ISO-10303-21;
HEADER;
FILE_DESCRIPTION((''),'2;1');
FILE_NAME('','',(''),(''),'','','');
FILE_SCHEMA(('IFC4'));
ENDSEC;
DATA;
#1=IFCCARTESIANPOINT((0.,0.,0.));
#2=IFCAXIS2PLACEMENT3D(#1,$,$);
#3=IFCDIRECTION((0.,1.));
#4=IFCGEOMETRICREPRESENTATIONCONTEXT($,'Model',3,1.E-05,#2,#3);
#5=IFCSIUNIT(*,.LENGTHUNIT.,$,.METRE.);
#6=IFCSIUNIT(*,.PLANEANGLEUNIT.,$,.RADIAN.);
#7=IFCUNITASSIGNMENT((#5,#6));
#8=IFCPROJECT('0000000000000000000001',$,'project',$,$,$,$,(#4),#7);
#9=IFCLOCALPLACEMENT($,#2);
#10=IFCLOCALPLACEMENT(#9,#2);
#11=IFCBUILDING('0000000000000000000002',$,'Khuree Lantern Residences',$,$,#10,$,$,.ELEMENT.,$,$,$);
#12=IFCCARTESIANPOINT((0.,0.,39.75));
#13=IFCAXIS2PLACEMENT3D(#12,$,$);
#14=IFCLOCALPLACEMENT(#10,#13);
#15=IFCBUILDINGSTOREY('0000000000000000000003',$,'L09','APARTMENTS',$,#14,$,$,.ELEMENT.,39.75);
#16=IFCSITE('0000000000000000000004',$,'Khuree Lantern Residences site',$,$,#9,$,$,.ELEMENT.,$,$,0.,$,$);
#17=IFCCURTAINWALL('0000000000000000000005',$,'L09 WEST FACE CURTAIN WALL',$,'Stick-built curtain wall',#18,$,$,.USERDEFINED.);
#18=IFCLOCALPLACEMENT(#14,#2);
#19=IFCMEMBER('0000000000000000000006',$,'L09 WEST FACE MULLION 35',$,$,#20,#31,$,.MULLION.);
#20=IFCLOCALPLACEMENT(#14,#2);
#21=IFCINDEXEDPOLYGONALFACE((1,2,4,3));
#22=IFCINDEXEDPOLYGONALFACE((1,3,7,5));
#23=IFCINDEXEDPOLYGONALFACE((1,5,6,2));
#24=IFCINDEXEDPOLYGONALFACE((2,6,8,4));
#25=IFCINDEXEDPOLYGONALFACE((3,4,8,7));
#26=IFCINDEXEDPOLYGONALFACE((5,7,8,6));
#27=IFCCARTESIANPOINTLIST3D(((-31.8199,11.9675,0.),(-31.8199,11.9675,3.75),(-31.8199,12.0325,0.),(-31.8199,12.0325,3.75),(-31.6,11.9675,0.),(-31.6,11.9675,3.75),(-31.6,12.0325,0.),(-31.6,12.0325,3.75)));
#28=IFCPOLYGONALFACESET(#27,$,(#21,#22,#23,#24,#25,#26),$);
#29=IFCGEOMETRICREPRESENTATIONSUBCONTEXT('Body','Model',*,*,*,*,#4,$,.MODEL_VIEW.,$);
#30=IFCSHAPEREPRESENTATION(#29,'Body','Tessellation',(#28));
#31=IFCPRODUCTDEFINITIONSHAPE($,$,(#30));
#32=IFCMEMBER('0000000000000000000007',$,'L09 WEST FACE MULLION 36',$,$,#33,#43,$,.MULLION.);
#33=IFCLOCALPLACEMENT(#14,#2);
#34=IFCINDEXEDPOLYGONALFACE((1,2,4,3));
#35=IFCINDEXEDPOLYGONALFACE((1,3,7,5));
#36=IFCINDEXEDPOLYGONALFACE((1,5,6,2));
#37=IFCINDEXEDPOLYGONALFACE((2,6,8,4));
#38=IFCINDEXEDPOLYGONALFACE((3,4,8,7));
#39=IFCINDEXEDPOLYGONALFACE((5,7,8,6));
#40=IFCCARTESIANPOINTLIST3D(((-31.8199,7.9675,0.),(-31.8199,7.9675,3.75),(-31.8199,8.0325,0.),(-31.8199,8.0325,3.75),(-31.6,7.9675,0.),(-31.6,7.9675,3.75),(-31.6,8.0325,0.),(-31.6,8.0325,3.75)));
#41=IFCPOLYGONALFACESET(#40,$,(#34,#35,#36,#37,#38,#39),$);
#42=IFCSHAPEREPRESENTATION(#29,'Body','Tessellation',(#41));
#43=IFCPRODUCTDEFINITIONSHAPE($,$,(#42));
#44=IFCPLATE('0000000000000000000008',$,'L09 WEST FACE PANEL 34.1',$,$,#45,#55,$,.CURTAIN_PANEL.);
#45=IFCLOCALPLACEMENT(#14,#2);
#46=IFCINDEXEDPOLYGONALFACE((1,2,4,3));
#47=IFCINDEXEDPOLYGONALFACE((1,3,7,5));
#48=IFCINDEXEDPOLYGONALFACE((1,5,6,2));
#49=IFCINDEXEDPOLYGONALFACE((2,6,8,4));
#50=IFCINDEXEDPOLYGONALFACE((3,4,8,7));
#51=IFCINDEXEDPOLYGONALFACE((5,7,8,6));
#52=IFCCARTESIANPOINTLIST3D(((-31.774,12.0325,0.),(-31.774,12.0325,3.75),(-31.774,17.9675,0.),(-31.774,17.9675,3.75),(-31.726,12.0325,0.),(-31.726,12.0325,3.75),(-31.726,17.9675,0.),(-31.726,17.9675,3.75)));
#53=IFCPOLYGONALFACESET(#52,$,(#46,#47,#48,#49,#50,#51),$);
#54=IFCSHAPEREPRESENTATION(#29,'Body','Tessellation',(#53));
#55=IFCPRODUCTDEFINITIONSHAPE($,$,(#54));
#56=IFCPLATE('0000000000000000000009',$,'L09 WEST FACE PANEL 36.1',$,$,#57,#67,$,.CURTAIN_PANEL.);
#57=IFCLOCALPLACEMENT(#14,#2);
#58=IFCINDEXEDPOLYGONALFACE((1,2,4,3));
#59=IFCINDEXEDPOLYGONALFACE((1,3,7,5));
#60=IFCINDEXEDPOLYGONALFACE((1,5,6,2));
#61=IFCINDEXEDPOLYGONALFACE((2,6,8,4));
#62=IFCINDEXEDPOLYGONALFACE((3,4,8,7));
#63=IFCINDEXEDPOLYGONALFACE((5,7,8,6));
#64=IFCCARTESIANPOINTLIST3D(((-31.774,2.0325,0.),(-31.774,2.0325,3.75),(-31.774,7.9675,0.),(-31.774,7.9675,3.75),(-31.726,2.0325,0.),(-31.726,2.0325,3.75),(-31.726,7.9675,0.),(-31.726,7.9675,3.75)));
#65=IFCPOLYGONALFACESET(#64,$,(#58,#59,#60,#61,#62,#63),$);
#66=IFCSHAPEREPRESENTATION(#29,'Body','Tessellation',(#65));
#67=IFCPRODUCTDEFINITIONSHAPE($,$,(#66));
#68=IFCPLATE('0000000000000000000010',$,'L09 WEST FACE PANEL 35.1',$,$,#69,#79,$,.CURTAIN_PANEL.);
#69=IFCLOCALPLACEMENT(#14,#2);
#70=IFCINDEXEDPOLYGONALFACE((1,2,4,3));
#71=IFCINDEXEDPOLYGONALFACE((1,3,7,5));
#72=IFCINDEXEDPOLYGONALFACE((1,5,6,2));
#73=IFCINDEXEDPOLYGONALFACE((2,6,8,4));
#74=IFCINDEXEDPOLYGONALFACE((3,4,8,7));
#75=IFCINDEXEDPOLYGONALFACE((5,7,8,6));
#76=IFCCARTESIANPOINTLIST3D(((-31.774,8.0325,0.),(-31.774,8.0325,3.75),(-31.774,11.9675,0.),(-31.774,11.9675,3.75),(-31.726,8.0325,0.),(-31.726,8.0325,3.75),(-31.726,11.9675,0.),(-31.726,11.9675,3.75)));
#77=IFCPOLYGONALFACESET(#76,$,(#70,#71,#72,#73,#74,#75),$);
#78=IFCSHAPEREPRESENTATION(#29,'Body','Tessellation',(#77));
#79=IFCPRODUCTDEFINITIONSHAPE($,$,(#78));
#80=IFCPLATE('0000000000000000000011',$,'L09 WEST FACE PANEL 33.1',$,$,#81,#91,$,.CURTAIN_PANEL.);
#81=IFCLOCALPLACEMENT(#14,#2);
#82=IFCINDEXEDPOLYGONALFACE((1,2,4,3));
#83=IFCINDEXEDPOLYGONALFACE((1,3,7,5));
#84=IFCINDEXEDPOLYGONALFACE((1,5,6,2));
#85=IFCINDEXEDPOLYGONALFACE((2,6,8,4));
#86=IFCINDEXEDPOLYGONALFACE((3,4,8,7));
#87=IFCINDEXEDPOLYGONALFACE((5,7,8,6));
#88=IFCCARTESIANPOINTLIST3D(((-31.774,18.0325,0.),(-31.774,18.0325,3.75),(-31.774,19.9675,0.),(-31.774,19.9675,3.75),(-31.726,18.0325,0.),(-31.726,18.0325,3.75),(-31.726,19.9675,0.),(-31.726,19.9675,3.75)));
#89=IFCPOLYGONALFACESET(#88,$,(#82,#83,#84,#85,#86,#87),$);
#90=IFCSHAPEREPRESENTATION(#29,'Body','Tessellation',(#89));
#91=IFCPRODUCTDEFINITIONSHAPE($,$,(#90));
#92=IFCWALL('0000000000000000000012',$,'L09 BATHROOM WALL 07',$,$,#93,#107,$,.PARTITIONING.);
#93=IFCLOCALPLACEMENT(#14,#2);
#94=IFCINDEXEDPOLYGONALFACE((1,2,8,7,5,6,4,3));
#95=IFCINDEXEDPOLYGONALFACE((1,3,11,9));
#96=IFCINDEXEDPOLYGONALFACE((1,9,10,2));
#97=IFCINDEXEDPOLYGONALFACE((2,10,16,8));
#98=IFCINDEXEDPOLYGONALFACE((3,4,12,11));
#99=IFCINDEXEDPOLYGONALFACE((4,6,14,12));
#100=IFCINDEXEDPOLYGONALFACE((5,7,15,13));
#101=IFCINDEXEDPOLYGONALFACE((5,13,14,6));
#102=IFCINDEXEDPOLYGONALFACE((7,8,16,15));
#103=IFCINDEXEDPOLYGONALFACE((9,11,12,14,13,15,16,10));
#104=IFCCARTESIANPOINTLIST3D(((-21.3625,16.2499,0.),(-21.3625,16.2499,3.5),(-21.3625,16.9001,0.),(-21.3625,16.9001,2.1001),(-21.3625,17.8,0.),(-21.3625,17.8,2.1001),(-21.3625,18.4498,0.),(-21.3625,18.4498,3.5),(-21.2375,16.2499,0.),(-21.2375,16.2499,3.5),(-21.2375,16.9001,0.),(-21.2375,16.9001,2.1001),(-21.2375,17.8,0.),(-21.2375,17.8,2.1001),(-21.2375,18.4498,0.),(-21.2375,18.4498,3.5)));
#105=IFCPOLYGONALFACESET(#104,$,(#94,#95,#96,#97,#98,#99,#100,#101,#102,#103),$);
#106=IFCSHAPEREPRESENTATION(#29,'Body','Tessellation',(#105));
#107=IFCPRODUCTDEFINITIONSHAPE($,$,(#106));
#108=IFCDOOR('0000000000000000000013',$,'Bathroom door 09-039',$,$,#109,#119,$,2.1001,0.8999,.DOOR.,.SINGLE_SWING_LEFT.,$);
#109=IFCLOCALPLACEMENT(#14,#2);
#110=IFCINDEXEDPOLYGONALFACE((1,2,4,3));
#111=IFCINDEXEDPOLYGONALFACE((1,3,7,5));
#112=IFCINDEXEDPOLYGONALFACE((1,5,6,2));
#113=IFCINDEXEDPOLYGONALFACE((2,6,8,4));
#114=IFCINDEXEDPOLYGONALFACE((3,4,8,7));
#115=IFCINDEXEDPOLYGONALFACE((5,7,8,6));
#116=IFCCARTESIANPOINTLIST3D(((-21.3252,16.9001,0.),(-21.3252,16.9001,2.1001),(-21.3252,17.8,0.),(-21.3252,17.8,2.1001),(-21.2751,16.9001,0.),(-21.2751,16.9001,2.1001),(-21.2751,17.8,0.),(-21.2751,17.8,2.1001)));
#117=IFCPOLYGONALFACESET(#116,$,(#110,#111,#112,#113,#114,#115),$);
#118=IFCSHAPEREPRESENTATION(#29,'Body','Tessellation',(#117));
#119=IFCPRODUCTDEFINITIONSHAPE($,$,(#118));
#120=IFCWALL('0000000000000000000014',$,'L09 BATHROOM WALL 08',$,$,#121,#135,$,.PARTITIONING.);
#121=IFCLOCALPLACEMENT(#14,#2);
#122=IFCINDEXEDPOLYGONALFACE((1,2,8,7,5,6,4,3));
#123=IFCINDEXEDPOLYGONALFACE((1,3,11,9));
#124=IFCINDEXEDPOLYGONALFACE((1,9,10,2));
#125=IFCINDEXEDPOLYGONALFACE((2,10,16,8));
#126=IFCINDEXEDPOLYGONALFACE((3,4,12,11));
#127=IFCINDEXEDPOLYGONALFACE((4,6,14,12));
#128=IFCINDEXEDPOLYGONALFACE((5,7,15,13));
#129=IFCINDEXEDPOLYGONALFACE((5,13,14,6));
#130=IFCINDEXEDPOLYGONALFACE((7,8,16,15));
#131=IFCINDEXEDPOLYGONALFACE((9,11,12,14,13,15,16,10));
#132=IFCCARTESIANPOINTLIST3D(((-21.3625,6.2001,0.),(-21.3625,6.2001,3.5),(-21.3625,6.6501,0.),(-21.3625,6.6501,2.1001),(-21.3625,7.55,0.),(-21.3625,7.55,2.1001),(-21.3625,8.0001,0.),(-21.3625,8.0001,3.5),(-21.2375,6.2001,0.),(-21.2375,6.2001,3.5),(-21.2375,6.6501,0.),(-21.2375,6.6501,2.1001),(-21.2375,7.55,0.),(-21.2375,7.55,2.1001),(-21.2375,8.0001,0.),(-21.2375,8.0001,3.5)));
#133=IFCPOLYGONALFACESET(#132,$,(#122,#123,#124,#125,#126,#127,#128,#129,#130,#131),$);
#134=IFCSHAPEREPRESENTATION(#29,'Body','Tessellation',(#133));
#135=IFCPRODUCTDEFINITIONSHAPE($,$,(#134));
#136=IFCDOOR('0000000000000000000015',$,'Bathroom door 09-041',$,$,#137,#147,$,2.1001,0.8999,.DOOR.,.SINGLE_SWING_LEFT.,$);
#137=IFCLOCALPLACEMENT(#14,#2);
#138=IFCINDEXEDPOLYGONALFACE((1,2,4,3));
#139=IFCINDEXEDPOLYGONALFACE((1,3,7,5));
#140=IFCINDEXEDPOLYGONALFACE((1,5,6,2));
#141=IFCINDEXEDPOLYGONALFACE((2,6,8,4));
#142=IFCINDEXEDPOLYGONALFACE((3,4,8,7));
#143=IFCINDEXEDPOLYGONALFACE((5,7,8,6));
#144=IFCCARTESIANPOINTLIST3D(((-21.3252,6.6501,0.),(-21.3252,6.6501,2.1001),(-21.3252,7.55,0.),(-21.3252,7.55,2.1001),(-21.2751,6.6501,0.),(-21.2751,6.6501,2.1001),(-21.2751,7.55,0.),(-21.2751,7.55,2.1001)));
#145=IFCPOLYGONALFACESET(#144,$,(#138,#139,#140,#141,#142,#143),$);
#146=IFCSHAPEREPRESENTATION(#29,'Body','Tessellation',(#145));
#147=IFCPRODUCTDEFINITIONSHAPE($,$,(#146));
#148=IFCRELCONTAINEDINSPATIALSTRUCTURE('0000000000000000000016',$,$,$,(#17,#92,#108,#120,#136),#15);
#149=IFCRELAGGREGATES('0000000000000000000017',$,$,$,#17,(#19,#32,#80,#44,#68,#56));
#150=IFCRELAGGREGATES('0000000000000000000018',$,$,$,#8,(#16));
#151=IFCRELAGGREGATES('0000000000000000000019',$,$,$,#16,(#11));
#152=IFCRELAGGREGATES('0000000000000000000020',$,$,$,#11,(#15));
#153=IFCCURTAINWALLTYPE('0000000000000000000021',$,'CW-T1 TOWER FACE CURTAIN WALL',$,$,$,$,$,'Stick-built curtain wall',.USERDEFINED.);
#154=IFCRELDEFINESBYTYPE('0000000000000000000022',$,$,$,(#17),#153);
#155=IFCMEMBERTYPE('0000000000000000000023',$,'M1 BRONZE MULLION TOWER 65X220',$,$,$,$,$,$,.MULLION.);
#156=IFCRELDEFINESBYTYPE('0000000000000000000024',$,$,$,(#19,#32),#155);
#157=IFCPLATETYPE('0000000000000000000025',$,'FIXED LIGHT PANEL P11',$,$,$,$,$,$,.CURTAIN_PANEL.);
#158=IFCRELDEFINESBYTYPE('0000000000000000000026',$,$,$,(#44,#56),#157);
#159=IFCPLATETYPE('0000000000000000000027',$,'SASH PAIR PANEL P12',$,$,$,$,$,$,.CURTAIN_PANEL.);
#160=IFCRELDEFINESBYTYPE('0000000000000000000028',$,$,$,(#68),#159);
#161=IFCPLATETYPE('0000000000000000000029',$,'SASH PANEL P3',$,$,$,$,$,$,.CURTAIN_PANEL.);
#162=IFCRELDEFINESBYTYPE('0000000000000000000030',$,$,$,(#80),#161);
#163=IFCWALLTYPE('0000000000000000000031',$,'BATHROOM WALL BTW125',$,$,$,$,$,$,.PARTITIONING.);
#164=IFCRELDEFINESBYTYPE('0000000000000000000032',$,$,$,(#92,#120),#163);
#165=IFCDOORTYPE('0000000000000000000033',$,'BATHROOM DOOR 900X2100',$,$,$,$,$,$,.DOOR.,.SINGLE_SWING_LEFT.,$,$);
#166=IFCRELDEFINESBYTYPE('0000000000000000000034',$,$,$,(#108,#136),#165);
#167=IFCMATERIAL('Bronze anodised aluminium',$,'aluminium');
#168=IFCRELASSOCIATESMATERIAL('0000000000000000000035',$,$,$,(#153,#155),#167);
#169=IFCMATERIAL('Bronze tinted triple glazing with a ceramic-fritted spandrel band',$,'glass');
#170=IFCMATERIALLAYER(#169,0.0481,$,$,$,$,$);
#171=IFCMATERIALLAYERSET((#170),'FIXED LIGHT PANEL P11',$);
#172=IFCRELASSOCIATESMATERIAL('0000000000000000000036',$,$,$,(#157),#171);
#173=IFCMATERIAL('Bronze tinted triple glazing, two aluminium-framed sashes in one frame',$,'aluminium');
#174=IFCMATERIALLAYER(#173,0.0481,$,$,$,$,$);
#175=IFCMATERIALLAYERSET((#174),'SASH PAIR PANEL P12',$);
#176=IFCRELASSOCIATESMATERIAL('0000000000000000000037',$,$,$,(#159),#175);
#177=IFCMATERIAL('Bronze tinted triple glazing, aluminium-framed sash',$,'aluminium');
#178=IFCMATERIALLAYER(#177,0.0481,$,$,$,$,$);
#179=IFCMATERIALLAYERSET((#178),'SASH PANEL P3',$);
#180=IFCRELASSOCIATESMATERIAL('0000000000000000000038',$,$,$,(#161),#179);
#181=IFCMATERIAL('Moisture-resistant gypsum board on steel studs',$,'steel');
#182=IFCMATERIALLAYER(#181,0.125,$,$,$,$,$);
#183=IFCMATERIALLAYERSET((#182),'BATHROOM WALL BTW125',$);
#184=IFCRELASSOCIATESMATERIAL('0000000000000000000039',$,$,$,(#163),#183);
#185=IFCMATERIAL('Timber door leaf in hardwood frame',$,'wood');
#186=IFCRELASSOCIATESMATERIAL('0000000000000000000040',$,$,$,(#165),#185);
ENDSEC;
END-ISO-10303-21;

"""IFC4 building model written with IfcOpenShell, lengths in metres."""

from ifc_helpers import new_model, si_unit, direction, frame, frame_2d, origin, origin_2d, place, context, subcontext, project, spatial, rectangle, extrude, material, layer, layer_set, material_profile, profile_set, type_object, element, fill, aggregate, save


model = new_model("IFC4")

# Units and contexts
model_context = context("Model", 3, precision=1e-05, world=origin(), true_north=direction((0.0, 1.0)))
body_context = subcontext(model_context, "Body", "Model", "MODEL_VIEW")
ifc_project = project(units=[si_unit("LENGTHUNIT", "METRE"), si_unit("PLANEANGLEUNIT", "RADIAN")], contexts=[model_context])

# Site, building, storey
site_placement = place(None, origin())
site = spatial("IfcSite", under=ifc_project, at=site_placement, Name="Khuree Lantern Residences site", CompositionType="ELEMENT", RefElevation=0.0)
building_placement = place(site_placement, origin())
building = spatial("IfcBuilding", under=site, at=building_placement, Name="Khuree Lantern Residences", CompositionType="ELEMENT")
storey_placement = place(building_placement, frame((0.0, 0.0, 39.75)))
storey = spatial("IfcBuildingStorey", under=building, at=storey_placement, Name="L09", Description="APARTMENTS", CompositionType="ELEMENT", Elevation=39.75)

# Curtain wall
ifc_material_1 = material(Name="Bronze anodised aluminium", Category="aluminium")
curtain_wall_type = type_object("IfcCurtainWallType", Name="CW-T1 TOWER FACE CURTAIN WALL", ElementType="Stick-built curtain wall", PredefinedType="USERDEFINED", material=ifc_material_1)
curtain_wall_placement = place(storey_placement, origin())
curtain_wall = element("IfcCurtainWall", 1, at=curtain_wall_placement, inside=storey, type_object=curtain_wall_type, Name="L09 WEST FACE CURTAIN WALL", ObjectType="Stick-built curtain wall", PredefinedType="USERDEFINED")

# Members
ifc_material_profile_1 = material_profile(ifc_material_1, rectangle(XDim=0.0649, YDim=0.22, at=origin_2d()), Name="M1 65X220")
ifc_profile_set_1 = profile_set([ifc_material_profile_1], Name="Bronze anodised aluminium")
member_type_1 = type_object("IfcMemberType", Name="M1 BRONZE MULLION TOWER 65X220", PredefinedType="MULLION", material=ifc_profile_set_1)
member_1_placement = place(storey_placement, frame((-31.71, 12.0, 0.0), z_axis=(0.0, 0.0, 1.0), x_axis=(0.0, -1.0, 0.0)))
member_1 = element("IfcMember", 2, at=member_1_placement, type_object=member_type_1, Name="L09 WEST FACE MULLION 35", PredefinedType="MULLION", context=body_context, shape_type="SweptSolid", body=[
    extrude(rectangle(XDim=0.0649, YDim=0.22, at=origin_2d()), origin(), (0.0, 0.0, 1.0), 3.75),
])
member_2_placement = place(storey_placement, frame((-31.71, 8.0, 0.0), z_axis=(0.0, 0.0, 1.0), x_axis=(0.0, -1.0, 0.0)))
member_2 = element("IfcMember", 3, at=member_2_placement, type_object=member_type_1, Name="L09 WEST FACE MULLION 36", PredefinedType="MULLION", context=body_context, shape_type="SweptSolid", body=[
    extrude(rectangle(XDim=0.0649, YDim=0.22, at=origin_2d()), origin(), (0.0, 0.0, 1.0), 3.75),
])

# Plates
ifc_material_2 = material(Name="Bronze tinted triple glazing with a ceramic-fritted spandrel band", Category="glass")
ifc_layer_1 = layer(ifc_material_2, 0.0481)
ifc_layer_set_1 = layer_set([ifc_layer_1], Name="FIXED LIGHT PANEL P11")
plate_type_1 = type_object("IfcPlateType", Name="FIXED LIGHT PANEL P11", PredefinedType="CURTAIN_PANEL", material=ifc_layer_set_1)
plate_1_placement = place(storey_placement, frame((-31.75, 15.0, 0.0), z_axis=(0.0, 0.0, 1.0), x_axis=(0.0, -1.0, 0.0)))
plate_1 = element("IfcPlate", 4, at=plate_1_placement, type_object=plate_type_1, Name="L09 WEST FACE PANEL 34.1", PredefinedType="CURTAIN_PANEL", context=body_context, shape_type="SweptSolid", body=[
    extrude(rectangle(XDim=5.9351, YDim=0.0481, at=origin_2d()), origin(), (0.0, 0.0, 1.0), 3.75),
])
plate_2_placement = place(storey_placement, frame((-31.75, 5.0, 0.0), z_axis=(0.0, 0.0, 1.0), x_axis=(0.0, -1.0, 0.0)))
plate_2 = element("IfcPlate", 5, at=plate_2_placement, type_object=plate_type_1, Name="L09 WEST FACE PANEL 36.1", PredefinedType="CURTAIN_PANEL", context=body_context, shape_type="SweptSolid", body=[
    extrude(rectangle(XDim=5.9351, YDim=0.0481, at=origin_2d()), origin(), (0.0, 0.0, 1.0), 3.75),
])
ifc_material_3 = material(Name="Bronze tinted triple glazing, two aluminium-framed sashes in one frame", Category="aluminium")
ifc_layer_2 = layer(ifc_material_3, 0.0481)
ifc_layer_set_2 = layer_set([ifc_layer_2], Name="SASH PAIR PANEL P12")
plate_type_2 = type_object("IfcPlateType", Name="SASH PAIR PANEL P12", PredefinedType="CURTAIN_PANEL", material=ifc_layer_set_2)
plate_3_placement = place(storey_placement, frame((-31.75, 10.0, 0.0), z_axis=(0.0, 0.0, 1.0), x_axis=(0.0, -1.0, 0.0)))
plate_3 = element("IfcPlate", 6, at=plate_3_placement, type_object=plate_type_2, Name="L09 WEST FACE PANEL 35.1", PredefinedType="CURTAIN_PANEL", context=body_context, shape_type="SweptSolid", body=[
    extrude(rectangle(XDim=3.9351, YDim=0.0481, at=origin_2d()), origin(), (0.0, 0.0, 1.0), 3.75),
])
ifc_material_4 = material(Name="Bronze tinted triple glazing, aluminium-framed sash", Category="aluminium")
ifc_layer_3 = layer(ifc_material_4, 0.0481)
ifc_layer_set_3 = layer_set([ifc_layer_3], Name="SASH PANEL P3")
plate_type_3 = type_object("IfcPlateType", Name="SASH PANEL P3", PredefinedType="CURTAIN_PANEL", material=ifc_layer_set_3)
plate_4_placement = place(storey_placement, frame((-31.75, 19.0, 0.0), z_axis=(0.0, 0.0, 1.0), x_axis=(0.0, -1.0, 0.0)))
plate_4 = element("IfcPlate", 7, at=plate_4_placement, type_object=plate_type_3, Name="L09 WEST FACE PANEL 33.1", PredefinedType="CURTAIN_PANEL", context=body_context, shape_type="SweptSolid", body=[
    extrude(rectangle(XDim=1.9351, YDim=0.0481, at=origin_2d()), origin(), (0.0, 0.0, 1.0), 3.75),
])
aggregate(curtain_wall, [member_1, member_2, plate_4, plate_1, plate_3, plate_2])

# Walls, openings, doors
ifc_material_5 = material(Name="Moisture-resistant gypsum board on steel studs", Category="steel")
ifc_layer_4 = layer(ifc_material_5, 0.125)
ifc_layer_set_4 = layer_set([ifc_layer_4], Name="BATHROOM WALL BTW125")
wall_type_1 = type_object("IfcWallType", Name="BATHROOM WALL BTW125", PredefinedType="PARTITIONING", material=ifc_layer_set_4)
wall_1_placement = place(storey_placement, frame((-21.3, 18.45, 0.0), z_axis=(0.0, 0.0, 1.0), x_axis=(0.0, -1.0, 0.0)))
wall_1 = element("IfcWall", 8, at=wall_1_placement, inside=storey, type_object=wall_type_1, Name="L09 BATHROOM WALL 07", PredefinedType="PARTITIONING", context=body_context, shape_type="SweptSolid", body=[
    extrude(rectangle(XDim=2.2, YDim=0.125, at=frame_2d((1.1001, 0.0))), origin(), (0.0, 0.0, 1.0), 3.5),
])
opening_1_placement = place(wall_1_placement, frame((0.6499, 0.0, 0.0)))
opening_1 = element("IfcOpeningElement", 9, at=opening_1_placement, cuts=wall_1, PredefinedType="OPENING", context=body_context, shape_type="SweptSolid", body=[
    extrude(rectangle(XDim=0.8999, YDim=2.1001, at=frame_2d((0.45, 1.05))), frame((0.0, 0.0725, 0.0), z_axis=(0.0, -1.0, 0.0), x_axis=(1.0, 0.0, 0.0)), (0.0, 0.0, 1.0), 0.145),
])
ifc_material_6 = material(Name="Timber door leaf in hardwood frame", Category="wood")
door_type_1 = type_object("IfcDoorType", Name="BATHROOM DOOR 900X2100", OperationType="SINGLE_SWING_LEFT", PredefinedType="DOOR", material=ifc_material_6)
door_1_placement = place(opening_1_placement, origin())
door_1 = element("IfcDoor", 10, at=door_1_placement, inside=storey, type_object=door_type_1, Name="Bathroom door 09-039", OperationType="SINGLE_SWING_LEFT", OverallHeight=2.1001, OverallWidth=0.8999, PredefinedType="DOOR", context=body_context, shape_type="SweptSolid", body=[
    extrude(rectangle(XDim=0.8999, YDim=2.1001, at=frame_2d((0.45, 1.05))), frame((0.0, 0.0249, 0.0), z_axis=(0.0, -1.0, 0.0), x_axis=(1.0, 0.0, 0.0)), (0.0, 0.0, 1.0), 0.05),
])
fill(opening_1, door_1)
wall_2_placement = place(storey_placement, frame((-21.3, 8.0, 0.0), z_axis=(0.0, 0.0, 1.0), x_axis=(0.0, -1.0, 0.0)))
wall_2 = element("IfcWall", 11, at=wall_2_placement, inside=storey, type_object=wall_type_1, Name="L09 BATHROOM WALL 08", PredefinedType="PARTITIONING", context=body_context, shape_type="SweptSolid", body=[
    extrude(rectangle(XDim=1.8, YDim=0.125, at=frame_2d((0.8999, 0.0))), origin(), (0.0, 0.0, 1.0), 3.5),
])
opening_2_placement = place(wall_2_placement, frame((0.45, 0.0, 0.0)))
opening_2 = element("IfcOpeningElement", 12, at=opening_2_placement, cuts=wall_2, PredefinedType="OPENING", context=body_context, shape_type="SweptSolid", body=[
    extrude(rectangle(XDim=0.8999, YDim=2.1001, at=frame_2d((0.45, 1.05))), frame((0.0, 0.0725, 0.0), z_axis=(0.0, -1.0, 0.0), x_axis=(1.0, 0.0, 0.0)), (0.0, 0.0, 1.0), 0.145),
])
door_2_placement = place(opening_2_placement, origin())
door_2 = element("IfcDoor", 13, at=door_2_placement, inside=storey, type_object=door_type_1, Name="Bathroom door 09-041", OperationType="SINGLE_SWING_LEFT", OverallHeight=2.1001, OverallWidth=0.8999, PredefinedType="DOOR", context=body_context, shape_type="SweptSolid", body=[
    extrude(rectangle(XDim=0.8999, YDim=2.1001, at=frame_2d((0.45, 1.05))), frame((0.0, 0.0249, 0.0), z_axis=(0.0, -1.0, 0.0), x_axis=(1.0, 0.0, 0.0)), (0.0, 0.0, 1.0), 0.05),
])
fill(opening_2, door_2)

save(model, "model.ifc")
